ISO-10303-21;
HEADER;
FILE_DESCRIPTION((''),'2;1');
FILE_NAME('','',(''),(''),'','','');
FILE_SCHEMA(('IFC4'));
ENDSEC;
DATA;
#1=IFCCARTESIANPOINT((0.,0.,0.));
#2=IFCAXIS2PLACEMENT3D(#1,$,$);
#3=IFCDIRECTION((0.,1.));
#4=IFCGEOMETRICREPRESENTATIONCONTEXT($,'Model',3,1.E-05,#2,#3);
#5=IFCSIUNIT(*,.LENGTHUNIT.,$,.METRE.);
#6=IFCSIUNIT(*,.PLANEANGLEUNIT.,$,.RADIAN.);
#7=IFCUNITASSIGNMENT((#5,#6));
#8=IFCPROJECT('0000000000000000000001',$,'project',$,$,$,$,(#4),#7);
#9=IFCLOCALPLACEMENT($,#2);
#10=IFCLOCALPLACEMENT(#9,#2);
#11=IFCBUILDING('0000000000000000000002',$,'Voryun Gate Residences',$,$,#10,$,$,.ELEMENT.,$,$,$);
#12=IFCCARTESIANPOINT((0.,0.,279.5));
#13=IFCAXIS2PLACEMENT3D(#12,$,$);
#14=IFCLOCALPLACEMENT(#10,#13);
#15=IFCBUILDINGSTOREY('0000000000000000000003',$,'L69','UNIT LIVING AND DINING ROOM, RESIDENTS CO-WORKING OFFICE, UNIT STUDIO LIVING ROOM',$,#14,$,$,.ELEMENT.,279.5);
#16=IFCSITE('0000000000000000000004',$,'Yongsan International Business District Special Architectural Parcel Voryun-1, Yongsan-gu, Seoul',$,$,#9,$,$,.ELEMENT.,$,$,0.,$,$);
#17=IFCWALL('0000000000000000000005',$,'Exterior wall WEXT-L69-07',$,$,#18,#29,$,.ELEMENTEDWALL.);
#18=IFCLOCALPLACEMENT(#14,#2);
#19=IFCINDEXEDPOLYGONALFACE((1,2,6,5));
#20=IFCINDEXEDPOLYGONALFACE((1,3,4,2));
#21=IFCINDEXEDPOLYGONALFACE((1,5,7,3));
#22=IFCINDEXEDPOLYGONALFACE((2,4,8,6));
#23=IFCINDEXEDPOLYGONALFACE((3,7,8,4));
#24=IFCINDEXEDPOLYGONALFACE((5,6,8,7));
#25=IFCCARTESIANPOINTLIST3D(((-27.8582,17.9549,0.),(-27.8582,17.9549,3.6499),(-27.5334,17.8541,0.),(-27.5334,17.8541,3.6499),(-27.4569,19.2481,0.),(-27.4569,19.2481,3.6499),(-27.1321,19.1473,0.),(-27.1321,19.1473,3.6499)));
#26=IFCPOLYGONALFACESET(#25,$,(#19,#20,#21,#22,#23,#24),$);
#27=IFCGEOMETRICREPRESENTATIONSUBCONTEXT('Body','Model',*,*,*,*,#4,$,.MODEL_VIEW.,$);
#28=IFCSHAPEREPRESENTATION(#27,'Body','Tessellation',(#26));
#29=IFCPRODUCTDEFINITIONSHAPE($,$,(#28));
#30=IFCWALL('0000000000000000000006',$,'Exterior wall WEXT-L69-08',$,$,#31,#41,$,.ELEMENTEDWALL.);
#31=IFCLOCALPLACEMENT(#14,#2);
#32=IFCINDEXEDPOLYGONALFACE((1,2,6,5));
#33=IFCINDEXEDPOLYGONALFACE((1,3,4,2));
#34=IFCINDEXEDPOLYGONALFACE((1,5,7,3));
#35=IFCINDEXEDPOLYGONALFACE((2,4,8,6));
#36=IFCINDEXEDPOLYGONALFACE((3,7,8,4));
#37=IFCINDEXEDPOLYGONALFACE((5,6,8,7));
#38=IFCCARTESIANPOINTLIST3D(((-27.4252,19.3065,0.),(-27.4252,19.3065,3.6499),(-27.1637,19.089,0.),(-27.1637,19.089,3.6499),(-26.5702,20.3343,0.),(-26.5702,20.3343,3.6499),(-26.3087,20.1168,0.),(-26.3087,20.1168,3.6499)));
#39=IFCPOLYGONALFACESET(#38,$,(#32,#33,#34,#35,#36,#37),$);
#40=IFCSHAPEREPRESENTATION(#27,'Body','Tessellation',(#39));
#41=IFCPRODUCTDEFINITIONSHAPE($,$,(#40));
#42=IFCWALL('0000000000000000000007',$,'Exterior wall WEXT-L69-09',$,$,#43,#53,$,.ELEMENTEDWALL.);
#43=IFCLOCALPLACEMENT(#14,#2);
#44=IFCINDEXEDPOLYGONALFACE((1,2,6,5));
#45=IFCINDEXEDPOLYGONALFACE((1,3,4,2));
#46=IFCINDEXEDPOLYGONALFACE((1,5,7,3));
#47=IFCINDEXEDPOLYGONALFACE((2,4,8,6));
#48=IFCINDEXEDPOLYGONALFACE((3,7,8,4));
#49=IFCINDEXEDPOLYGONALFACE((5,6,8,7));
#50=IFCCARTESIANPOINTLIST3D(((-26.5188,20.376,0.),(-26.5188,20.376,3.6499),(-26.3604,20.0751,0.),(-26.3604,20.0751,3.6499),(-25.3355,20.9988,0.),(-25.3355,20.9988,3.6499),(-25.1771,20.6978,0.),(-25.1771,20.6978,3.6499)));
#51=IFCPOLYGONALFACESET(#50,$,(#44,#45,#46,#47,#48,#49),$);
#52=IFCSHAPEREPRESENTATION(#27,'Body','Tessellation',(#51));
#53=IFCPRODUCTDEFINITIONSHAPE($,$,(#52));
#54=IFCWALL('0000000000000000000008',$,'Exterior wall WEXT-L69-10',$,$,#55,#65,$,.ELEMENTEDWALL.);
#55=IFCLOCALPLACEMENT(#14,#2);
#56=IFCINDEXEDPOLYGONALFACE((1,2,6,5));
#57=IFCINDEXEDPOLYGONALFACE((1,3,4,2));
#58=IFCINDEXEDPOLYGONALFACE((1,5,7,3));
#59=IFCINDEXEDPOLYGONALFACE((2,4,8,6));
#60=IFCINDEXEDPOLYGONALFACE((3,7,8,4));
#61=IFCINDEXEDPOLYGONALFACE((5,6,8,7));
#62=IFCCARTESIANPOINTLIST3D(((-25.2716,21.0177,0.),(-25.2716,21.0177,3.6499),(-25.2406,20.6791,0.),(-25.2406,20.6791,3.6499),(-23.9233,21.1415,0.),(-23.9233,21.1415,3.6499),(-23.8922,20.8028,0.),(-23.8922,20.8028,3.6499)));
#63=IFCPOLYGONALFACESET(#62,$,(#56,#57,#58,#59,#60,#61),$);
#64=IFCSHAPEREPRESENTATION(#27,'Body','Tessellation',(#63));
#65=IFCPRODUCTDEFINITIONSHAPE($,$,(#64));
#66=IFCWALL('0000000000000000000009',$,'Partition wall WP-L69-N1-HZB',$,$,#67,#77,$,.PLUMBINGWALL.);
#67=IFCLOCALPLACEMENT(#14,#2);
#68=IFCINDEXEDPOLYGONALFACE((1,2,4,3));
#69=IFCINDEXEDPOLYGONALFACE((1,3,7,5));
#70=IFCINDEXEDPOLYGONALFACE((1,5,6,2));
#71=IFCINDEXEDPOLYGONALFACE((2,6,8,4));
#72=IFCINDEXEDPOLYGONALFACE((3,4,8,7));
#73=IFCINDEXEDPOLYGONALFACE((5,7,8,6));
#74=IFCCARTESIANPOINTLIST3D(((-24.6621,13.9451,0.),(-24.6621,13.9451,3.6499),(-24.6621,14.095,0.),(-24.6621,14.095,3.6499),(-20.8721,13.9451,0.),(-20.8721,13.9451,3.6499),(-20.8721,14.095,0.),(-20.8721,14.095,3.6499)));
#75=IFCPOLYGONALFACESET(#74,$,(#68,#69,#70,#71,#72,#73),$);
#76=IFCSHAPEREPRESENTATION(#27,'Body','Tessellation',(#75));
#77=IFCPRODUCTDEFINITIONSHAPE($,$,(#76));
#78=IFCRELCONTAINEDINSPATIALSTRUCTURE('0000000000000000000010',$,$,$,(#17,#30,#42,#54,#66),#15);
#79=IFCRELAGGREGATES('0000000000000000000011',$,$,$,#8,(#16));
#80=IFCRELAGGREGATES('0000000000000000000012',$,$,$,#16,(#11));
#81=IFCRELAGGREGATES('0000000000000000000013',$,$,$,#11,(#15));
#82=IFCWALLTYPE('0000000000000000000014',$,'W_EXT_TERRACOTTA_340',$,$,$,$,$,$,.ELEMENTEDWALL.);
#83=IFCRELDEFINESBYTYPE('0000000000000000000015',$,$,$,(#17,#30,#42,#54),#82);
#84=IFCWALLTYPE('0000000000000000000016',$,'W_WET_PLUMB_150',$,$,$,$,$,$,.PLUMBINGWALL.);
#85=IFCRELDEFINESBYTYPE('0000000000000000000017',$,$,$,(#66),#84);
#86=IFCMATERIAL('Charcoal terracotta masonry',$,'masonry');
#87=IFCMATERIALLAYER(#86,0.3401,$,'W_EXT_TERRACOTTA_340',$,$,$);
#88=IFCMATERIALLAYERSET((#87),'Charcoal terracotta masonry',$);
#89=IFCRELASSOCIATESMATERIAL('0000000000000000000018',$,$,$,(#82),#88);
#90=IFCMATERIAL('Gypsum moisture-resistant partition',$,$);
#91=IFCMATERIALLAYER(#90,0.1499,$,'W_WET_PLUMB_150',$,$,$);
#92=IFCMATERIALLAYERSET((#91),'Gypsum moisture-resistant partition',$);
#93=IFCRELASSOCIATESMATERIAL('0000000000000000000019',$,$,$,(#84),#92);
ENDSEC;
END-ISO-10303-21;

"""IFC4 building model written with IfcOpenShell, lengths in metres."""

from ifc_helpers import new_model, si_unit, direction, frame, frame_2d, origin, place, context, subcontext, project, spatial, rectangle, extrude, material, layer, layer_set, type_object, element, save


model = new_model("IFC4")

# Units and contexts
model_context = context("Model", 3, precision=1e-05, world=origin(), true_north=direction((0.0, 1.0)))
body_context = subcontext(model_context, "Body", "Model", "MODEL_VIEW")
ifc_project = project(units=[si_unit("LENGTHUNIT", "METRE"), si_unit("PLANEANGLEUNIT", "RADIAN")], contexts=[model_context])

# Site, building, storey
site_placement = place(None, origin())
site = spatial("IfcSite", under=ifc_project, at=site_placement, Name="Yongsan International Business District Special Architectural Parcel Voryun-1, Yongsan-gu, Seoul", CompositionType="ELEMENT", RefElevation=0.0)
building_placement = place(site_placement, origin())
building = spatial("IfcBuilding", under=site, at=building_placement, Name="Voryun Gate Residences", CompositionType="ELEMENT")
storey_placement = place(building_placement, frame((0.0, 0.0, 279.5)))
storey = spatial("IfcBuildingStorey", under=building, at=storey_placement, Name="L69", Description="UNIT LIVING AND DINING ROOM, RESIDENTS CO-WORKING OFFICE, UNIT STUDIO LIVING ROOM", CompositionType="ELEMENT", Elevation=279.5)

# Walls
ifc_material_1 = material(Name="Charcoal terracotta masonry", Category="masonry")
ifc_layer_1 = layer(ifc_material_1, 0.3401, Name="W_EXT_TERRACOTTA_340")
ifc_layer_set_1 = layer_set([ifc_layer_1], Name="Charcoal terracotta masonry")
wall_type_1 = type_object("IfcWallType", Name="W_EXT_TERRACOTTA_340", PredefinedType="ELEMENTEDWALL", material=ifc_layer_set_1)
wall_1_placement = place(storey_placement, frame((-27.6958, 17.9045, 0.0), z_axis=(0.0, 0.0, 1.0), x_axis=(0.296416, 0.955059, 0.0)))
element("IfcWall", 1, at=wall_1_placement, inside=storey, type_object=wall_type_1, Name="Exterior wall WEXT-L69-07", PredefinedType="ELEMENTEDWALL", context=body_context, shape_type="SweptSolid", body=[
    extrude(rectangle(XDim=1.354, YDim=0.3401, at=frame_2d((0.677, 0.0))), origin(), (0.0, 0.0, 1.0), 3.6499),
])
wall_2_placement = place(storey_placement, frame((-27.2944, 19.1978, 0.0), z_axis=(0.0, 0.0, 1.0), x_axis=(0.639502, 0.76879, 0.0)))
element("IfcWall", 2, at=wall_2_placement, inside=storey, type_object=wall_type_1, Name="Exterior wall WEXT-L69-08", PredefinedType="ELEMENTEDWALL", context=body_context, shape_type="SweptSolid", body=[
    extrude(rectangle(XDim=1.3369, YDim=0.3401, at=frame_2d((0.6685, 0.0))), origin(), (0.0, 0.0, 1.0), 3.6499),
])
wall_3_placement = place(storey_placement, frame((-26.4395, 20.2256, 0.0), z_axis=(0.0, 0.0, 1.0), x_axis=(0.884922, 0.465739, 0.0)))
element("IfcWall", 3, at=wall_3_placement, inside=storey, type_object=wall_type_1, Name="Exterior wall WEXT-L69-09", PredefinedType="ELEMENTEDWALL", context=body_context, shape_type="SweptSolid", body=[
    extrude(rectangle(XDim=1.3372, YDim=0.3401, at=frame_2d((0.6685, 0.0))), origin(), (0.0, 0.0, 1.0), 3.6499),
])
wall_4_placement = place(storey_placement, frame((-25.2561, 20.8484, 0.0), z_axis=(0.0, 0.0, 1.0), x_axis=(0.995813, 0.091414, 0.0)))
element("IfcWall", 4, at=wall_4_placement, inside=storey, type_object=wall_type_1, Name="Exterior wall WEXT-L69-10", PredefinedType="ELEMENTEDWALL", context=body_context, shape_type="SweptSolid", body=[
    extrude(rectangle(XDim=1.354, YDim=0.3401, at=frame_2d((0.677, 0.0))), origin(), (0.0, 0.0, 1.0), 3.6499),
])

# Wall
ifc_material_2 = material(Name="Gypsum moisture-resistant partition")
ifc_layer_2 = layer(ifc_material_2, 0.1499, Name="W_WET_PLUMB_150")
ifc_layer_set_2 = layer_set([ifc_layer_2], Name="Gypsum moisture-resistant partition")
wall_type_2 = type_object("IfcWallType", Name="W_WET_PLUMB_150", PredefinedType="PLUMBINGWALL", material=ifc_layer_set_2)
wall_5_placement = place(storey_placement, frame((-24.6621, 14.02, 0.0), z_axis=(0.0, 0.0, 1.0), x_axis=(1.0, 0.0, 0.0)))
element("IfcWall", 5, at=wall_5_placement, inside=storey, type_object=wall_type_2, Name="Partition wall WP-L69-N1-HZB", PredefinedType="PLUMBINGWALL", context=body_context, shape_type="SweptSolid", body=[
    extrude(rectangle(XDim=3.79, YDim=0.1499, at=frame_2d((1.895, 0.0))), origin(), (0.0, 0.0, 1.0), 3.6499),
])

save(model, "model.ifc")
